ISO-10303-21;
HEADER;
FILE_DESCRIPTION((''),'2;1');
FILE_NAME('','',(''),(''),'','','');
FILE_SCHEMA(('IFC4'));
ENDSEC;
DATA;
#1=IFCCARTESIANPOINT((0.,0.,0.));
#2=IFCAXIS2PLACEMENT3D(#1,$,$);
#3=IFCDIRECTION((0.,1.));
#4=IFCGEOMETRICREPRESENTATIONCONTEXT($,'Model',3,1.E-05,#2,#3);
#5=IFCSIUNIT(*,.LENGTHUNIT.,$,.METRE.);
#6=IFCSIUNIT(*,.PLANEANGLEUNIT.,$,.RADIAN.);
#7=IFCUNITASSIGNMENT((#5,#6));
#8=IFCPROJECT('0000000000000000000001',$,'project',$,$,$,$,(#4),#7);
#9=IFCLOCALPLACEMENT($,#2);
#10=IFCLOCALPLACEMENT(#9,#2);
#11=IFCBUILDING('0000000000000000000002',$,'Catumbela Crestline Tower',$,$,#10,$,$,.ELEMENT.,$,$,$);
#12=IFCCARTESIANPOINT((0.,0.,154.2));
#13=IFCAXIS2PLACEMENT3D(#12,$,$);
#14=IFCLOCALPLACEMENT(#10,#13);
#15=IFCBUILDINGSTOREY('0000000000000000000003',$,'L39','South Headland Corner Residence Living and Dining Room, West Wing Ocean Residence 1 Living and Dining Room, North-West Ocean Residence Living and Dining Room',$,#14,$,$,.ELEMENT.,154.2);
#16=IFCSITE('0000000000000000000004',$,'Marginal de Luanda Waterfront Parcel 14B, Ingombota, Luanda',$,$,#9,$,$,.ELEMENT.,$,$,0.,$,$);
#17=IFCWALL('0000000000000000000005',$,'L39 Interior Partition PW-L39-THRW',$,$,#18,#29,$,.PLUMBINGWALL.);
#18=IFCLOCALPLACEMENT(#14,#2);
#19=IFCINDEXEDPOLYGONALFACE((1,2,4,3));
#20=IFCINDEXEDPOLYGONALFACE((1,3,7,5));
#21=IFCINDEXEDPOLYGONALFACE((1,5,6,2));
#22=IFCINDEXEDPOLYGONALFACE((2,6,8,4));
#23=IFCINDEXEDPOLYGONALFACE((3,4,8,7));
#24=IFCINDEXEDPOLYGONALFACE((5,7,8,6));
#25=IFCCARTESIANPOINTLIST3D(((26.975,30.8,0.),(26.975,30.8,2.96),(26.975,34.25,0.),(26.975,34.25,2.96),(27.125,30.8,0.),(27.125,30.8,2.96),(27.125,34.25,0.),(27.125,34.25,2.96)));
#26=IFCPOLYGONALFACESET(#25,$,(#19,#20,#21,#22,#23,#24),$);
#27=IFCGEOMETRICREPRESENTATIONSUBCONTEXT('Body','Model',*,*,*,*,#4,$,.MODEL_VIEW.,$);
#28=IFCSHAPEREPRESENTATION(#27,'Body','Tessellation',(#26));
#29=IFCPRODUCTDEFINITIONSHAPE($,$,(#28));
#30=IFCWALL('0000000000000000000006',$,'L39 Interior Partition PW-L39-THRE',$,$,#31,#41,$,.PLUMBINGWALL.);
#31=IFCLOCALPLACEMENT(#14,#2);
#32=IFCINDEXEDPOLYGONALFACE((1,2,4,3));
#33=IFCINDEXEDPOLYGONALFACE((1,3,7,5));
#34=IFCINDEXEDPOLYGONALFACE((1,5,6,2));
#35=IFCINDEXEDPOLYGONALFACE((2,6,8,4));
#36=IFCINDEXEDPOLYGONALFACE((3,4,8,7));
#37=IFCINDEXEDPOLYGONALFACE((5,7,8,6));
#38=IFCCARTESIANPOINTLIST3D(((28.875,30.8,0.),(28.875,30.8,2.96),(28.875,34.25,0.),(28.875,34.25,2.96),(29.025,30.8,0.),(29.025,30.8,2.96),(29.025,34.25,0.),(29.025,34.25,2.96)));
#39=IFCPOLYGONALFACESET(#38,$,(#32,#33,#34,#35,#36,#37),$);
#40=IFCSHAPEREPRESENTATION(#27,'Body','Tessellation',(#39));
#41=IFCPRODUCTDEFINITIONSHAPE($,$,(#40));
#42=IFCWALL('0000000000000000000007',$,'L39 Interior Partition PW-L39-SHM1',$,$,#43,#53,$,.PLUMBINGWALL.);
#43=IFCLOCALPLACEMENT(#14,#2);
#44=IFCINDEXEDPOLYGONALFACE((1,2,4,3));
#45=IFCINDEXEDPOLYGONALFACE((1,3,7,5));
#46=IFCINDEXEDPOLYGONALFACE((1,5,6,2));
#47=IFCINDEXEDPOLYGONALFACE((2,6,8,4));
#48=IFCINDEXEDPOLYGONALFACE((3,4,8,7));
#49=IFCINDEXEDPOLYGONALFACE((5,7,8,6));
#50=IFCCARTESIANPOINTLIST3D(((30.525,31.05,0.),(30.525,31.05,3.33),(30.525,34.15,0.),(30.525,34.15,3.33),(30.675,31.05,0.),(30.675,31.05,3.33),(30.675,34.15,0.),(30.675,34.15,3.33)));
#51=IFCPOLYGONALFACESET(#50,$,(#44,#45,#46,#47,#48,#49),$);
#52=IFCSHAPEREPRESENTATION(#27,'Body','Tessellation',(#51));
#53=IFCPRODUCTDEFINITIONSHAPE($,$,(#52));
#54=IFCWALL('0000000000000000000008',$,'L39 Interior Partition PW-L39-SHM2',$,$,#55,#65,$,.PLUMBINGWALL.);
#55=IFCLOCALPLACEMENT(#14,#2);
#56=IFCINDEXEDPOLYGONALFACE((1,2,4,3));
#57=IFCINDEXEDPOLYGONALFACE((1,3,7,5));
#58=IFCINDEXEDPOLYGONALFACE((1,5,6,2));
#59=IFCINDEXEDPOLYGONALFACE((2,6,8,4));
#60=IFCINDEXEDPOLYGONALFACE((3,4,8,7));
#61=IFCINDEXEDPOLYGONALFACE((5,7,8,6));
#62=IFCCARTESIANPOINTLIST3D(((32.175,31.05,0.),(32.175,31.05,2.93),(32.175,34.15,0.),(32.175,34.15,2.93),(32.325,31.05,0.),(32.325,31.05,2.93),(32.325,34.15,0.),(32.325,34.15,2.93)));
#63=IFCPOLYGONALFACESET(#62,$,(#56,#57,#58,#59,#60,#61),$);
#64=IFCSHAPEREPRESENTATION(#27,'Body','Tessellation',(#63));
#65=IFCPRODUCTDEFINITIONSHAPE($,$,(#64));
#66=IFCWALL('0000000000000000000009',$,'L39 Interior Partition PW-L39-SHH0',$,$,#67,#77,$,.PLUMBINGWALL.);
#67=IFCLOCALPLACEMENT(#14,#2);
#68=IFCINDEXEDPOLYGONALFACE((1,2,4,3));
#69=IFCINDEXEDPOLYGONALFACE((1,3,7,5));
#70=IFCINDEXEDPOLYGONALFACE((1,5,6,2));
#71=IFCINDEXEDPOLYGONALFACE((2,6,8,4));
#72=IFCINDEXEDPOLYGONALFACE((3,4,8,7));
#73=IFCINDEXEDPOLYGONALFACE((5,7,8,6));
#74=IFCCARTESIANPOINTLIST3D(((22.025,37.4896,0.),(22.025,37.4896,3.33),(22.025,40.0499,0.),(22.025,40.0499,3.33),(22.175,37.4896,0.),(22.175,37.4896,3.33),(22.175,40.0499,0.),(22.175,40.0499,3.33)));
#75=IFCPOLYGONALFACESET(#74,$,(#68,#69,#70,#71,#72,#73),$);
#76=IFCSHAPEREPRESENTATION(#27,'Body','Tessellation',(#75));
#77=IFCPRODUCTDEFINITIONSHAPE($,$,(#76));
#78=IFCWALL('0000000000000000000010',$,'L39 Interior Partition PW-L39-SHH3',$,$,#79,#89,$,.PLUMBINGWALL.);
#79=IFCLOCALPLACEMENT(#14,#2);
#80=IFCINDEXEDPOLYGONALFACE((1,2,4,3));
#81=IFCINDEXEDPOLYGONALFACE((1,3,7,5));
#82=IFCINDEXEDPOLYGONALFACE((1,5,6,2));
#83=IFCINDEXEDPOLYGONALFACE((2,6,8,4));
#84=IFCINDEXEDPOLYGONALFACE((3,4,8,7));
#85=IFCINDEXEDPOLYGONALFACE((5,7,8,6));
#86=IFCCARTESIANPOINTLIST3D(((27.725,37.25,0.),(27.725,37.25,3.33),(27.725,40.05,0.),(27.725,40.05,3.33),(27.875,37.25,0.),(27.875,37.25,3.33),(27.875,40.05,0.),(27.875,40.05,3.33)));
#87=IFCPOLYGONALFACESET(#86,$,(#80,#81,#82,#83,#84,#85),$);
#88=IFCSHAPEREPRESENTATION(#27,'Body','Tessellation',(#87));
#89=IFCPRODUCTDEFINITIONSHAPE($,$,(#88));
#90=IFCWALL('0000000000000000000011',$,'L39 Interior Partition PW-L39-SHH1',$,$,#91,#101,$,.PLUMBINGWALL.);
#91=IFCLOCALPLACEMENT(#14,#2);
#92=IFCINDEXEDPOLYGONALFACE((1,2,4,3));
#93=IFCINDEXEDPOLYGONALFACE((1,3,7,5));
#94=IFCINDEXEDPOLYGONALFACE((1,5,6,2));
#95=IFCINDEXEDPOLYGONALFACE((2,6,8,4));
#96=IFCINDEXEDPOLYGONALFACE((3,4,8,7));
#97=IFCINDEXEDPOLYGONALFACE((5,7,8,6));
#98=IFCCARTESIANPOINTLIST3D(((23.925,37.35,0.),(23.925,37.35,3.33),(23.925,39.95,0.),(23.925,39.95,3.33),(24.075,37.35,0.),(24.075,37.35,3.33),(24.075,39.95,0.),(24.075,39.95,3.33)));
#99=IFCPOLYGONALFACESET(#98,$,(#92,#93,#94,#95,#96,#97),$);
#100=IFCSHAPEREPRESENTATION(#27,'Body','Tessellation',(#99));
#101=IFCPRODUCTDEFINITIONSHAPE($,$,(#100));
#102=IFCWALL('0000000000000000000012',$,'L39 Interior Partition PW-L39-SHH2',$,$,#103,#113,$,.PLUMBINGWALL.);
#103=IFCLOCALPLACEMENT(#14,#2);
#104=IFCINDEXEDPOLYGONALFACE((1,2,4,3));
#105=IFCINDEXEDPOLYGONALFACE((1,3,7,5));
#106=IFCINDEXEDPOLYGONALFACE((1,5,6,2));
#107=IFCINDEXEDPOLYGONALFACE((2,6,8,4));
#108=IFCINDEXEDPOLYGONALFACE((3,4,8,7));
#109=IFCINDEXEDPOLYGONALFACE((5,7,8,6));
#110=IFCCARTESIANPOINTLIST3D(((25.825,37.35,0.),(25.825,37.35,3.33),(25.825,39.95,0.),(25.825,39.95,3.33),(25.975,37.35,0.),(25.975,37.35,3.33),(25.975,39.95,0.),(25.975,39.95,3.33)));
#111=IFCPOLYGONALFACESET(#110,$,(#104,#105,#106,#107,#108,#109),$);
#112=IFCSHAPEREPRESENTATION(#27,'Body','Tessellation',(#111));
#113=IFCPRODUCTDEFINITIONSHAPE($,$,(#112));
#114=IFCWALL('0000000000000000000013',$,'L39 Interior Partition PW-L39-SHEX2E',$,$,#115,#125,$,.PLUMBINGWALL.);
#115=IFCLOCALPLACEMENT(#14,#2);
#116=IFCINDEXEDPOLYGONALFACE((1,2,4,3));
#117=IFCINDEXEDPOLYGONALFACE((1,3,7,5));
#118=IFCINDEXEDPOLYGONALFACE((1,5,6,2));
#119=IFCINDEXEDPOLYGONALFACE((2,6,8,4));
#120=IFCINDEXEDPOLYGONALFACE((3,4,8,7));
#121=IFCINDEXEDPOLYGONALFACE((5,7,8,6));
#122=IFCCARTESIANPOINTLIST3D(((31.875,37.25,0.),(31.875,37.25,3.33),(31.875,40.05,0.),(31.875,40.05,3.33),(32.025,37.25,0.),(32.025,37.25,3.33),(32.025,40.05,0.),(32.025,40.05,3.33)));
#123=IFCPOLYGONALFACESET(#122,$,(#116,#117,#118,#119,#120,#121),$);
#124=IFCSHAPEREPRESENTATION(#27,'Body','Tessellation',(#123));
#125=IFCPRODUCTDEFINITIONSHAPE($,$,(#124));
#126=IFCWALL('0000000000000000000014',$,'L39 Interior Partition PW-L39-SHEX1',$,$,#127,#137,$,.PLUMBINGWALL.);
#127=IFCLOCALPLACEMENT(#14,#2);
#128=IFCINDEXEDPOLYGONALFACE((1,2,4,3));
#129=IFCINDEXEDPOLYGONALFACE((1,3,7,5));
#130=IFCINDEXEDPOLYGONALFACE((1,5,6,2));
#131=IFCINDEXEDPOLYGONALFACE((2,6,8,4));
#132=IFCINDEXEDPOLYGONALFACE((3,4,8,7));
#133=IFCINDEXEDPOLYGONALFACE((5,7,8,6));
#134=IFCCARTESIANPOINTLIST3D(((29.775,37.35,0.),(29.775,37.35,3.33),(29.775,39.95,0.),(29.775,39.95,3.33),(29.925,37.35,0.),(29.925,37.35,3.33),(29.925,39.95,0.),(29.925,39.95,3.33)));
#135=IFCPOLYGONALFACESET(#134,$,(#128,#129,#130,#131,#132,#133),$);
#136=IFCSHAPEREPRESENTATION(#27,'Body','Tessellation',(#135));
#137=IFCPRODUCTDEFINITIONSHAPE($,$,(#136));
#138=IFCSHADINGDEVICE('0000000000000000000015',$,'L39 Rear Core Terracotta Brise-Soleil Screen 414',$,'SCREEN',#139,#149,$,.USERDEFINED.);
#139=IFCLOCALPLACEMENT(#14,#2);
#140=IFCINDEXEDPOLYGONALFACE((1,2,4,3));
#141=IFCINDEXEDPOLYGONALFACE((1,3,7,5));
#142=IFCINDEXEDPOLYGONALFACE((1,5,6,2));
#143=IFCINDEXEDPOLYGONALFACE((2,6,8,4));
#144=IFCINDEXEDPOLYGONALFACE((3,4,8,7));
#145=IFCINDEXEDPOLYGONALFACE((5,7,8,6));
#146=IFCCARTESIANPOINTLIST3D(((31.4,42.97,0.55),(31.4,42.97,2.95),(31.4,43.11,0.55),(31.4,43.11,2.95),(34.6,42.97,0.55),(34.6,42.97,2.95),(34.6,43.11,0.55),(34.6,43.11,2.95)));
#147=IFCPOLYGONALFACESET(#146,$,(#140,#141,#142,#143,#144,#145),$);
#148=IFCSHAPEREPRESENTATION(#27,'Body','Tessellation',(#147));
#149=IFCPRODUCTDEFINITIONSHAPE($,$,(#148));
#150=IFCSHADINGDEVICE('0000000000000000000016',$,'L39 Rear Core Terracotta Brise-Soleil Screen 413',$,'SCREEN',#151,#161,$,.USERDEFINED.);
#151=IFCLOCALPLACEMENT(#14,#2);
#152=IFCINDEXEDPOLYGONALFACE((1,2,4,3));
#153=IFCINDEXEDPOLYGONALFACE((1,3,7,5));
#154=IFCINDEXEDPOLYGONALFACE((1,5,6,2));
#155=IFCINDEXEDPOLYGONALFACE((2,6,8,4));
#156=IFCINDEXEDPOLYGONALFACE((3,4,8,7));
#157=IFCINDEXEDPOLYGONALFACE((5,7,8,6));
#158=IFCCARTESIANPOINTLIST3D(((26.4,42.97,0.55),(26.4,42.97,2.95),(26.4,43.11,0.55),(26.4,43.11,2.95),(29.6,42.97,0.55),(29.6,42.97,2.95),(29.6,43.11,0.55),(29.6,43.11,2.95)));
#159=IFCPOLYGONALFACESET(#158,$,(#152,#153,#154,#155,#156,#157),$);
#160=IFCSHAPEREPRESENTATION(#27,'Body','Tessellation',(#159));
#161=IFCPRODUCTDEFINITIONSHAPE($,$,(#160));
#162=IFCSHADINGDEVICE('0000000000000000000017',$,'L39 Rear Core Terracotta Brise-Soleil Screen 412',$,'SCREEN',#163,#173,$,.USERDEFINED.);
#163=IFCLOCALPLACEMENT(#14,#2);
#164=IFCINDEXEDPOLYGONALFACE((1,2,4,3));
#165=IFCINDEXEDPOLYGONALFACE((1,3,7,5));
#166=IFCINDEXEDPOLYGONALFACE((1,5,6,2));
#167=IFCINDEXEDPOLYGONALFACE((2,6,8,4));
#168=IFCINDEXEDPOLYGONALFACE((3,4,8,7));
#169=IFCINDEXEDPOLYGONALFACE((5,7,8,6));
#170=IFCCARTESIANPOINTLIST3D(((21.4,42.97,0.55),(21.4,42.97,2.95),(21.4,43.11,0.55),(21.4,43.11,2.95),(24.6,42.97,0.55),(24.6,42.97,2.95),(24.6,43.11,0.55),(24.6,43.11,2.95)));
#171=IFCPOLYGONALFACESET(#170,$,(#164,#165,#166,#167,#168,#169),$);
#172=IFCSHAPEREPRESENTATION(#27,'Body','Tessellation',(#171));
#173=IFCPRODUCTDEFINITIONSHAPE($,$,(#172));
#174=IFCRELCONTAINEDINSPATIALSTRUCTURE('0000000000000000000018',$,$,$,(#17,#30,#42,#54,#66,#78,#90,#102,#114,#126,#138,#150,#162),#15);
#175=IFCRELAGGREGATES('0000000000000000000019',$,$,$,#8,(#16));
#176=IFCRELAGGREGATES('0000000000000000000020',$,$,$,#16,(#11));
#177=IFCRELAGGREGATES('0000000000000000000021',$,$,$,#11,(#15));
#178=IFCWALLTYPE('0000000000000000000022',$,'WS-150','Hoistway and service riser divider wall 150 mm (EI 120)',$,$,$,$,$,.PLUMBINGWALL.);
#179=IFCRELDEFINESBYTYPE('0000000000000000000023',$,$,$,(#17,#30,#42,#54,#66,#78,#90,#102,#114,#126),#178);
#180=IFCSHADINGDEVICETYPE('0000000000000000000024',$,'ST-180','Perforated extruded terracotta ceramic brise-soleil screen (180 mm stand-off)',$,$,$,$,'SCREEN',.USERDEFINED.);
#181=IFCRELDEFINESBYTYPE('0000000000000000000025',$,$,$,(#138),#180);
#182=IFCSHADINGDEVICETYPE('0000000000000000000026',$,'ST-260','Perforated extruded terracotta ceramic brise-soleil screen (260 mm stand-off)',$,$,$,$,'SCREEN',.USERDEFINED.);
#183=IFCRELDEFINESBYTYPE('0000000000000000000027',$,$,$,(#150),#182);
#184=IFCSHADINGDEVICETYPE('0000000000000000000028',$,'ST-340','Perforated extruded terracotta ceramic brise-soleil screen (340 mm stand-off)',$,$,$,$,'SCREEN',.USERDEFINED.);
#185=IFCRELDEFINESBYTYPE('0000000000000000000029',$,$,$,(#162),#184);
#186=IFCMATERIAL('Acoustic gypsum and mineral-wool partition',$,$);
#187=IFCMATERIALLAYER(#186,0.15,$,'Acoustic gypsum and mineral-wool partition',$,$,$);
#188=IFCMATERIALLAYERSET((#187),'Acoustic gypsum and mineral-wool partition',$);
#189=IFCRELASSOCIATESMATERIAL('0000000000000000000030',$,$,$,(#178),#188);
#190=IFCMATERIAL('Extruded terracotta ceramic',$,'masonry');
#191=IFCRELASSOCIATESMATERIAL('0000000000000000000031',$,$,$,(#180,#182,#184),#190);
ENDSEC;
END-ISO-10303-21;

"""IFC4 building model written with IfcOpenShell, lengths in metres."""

from ifc_helpers import new_model, si_unit, direction, frame, frame_2d, origin, origin_2d, place, context, subcontext, project, spatial, rectangle, extrude, material, layer, layer_set, type_object, element, save


model = new_model("IFC4")

# Units and contexts
model_context = context("Model", 3, precision=1e-05, world=origin(), true_north=direction((0.0, 1.0)))
body_context = subcontext(model_context, "Body", "Model", "MODEL_VIEW")
ifc_project = project(units=[si_unit("LENGTHUNIT", "METRE"), si_unit("PLANEANGLEUNIT", "RADIAN")], contexts=[model_context])

# Site, building, storey
site_placement = place(None, origin())
site = spatial("IfcSite", under=ifc_project, at=site_placement, Name="Marginal de Luanda Waterfront Parcel 14B, Ingombota, Luanda", CompositionType="ELEMENT", RefElevation=0.0)
building_placement = place(site_placement, origin())
building = spatial("IfcBuilding", under=site, at=building_placement, Name="Catumbela Crestline Tower", CompositionType="ELEMENT")
storey_placement = place(building_placement, frame((0.0, 0.0, 154.2)))
storey = spatial("IfcBuildingStorey", under=building, at=storey_placement, Name="L39", Description="South Headland Corner Residence Living and Dining Room, West Wing Ocean Residence 1 Living and Dining Room, North-West Ocean Residence Living and Dining Room", CompositionType="ELEMENT", Elevation=154.2)

# Shared definitions
ifc_material_1 = material(Name="Acoustic gypsum and mineral-wool partition")

# Walls
ifc_layer_1 = layer(ifc_material_1, 0.15, Name="Acoustic gypsum and mineral-wool partition")
ifc_layer_set_1 = layer_set([ifc_layer_1], Name="Acoustic gypsum and mineral-wool partition")
wall_type_1 = type_object("IfcWallType", Name="WS-150", Description="Hoistway and service riser divider wall 150 mm (EI 120)", PredefinedType="PLUMBINGWALL", material=ifc_layer_set_1)
for number, where, z_axis, x_axis, name in (
    (1, (27.05, 30.8, 0.0), (0.0, 0.0, 1.0), (0.0, 1.0, 0.0), "L39 Interior Partition PW-L39-THRW"),
    (2, (28.95, 30.8, 0.0), (0.0, 0.0, 1.0), (0.0, 1.0, 0.0), "L39 Interior Partition PW-L39-THRE"),
):
    element("IfcWall", number, at=place(storey_placement, frame(where, z_axis=z_axis, x_axis=x_axis)), inside=storey, type_object=wall_type_1, Name=name, PredefinedType="PLUMBINGWALL", context=body_context, shape_type="SweptSolid", body=[
        extrude(rectangle(XDim=3.45, YDim=0.15, at=frame_2d((1.725, 0.0))), origin(), (0.0, 0.0, 1.0), 2.96),
    ])
wall_1_placement = place(storey_placement, frame((30.6, 31.05, 0.0), z_axis=(0.0, 0.0, 1.0), x_axis=(0.0, 1.0, 0.0)))
element("IfcWall", 3, at=wall_1_placement, inside=storey, type_object=wall_type_1, Name="L39 Interior Partition PW-L39-SHM1", PredefinedType="PLUMBINGWALL", context=body_context, shape_type="SweptSolid", body=[
    extrude(rectangle(XDim=3.1, YDim=0.15, at=frame_2d((1.55, 0.0))), origin(), (0.0, 0.0, 1.0), 3.33),
])
wall_2_placement = place(storey_placement, frame((32.25, 31.05, 0.0), z_axis=(0.0, 0.0, 1.0), x_axis=(0.0, 1.0, 0.0)))
element("IfcWall", 4, at=wall_2_placement, inside=storey, type_object=wall_type_1, Name="L39 Interior Partition PW-L39-SHM2", PredefinedType="PLUMBINGWALL", context=body_context, shape_type="SweptSolid", body=[
    extrude(rectangle(XDim=3.1, YDim=0.15, at=frame_2d((1.55, 0.0))), origin(), (0.0, 0.0, 1.0), 2.93),
])
wall_3_placement = place(storey_placement, frame((22.1, 37.4897, 0.0), z_axis=(0.0, 0.0, 1.0), x_axis=(0.0, 1.0, 0.0)))
element("IfcWall", 5, at=wall_3_placement, inside=storey, type_object=wall_type_1, Name="L39 Interior Partition PW-L39-SHH0", PredefinedType="PLUMBINGWALL", context=body_context, shape_type="SweptSolid", body=[
    extrude(rectangle(XDim=2.5603, YDim=0.15, at=frame_2d((1.2801, 0.0))), origin(), (0.0, 0.0, 1.0), 3.33),
])
wall_4_placement = place(storey_placement, frame((27.8, 37.25, 0.0), z_axis=(0.0, 0.0, 1.0), x_axis=(0.0, 1.0, 0.0)))
element("IfcWall", 6, at=wall_4_placement, inside=storey, type_object=wall_type_1, Name="L39 Interior Partition PW-L39-SHH3", PredefinedType="PLUMBINGWALL", context=body_context, shape_type="SweptSolid", body=[
    extrude(rectangle(XDim=2.8, YDim=0.15, at=frame_2d((1.4, 0.0))), origin(), (0.0, 0.0, 1.0), 3.33),
])
for number, where, z_axis, x_axis, name in (
    (7, (24.0, 37.35, 0.0), (0.0, 0.0, 1.0), (0.0, 1.0, 0.0), "L39 Interior Partition PW-L39-SHH1"),
    (8, (25.9, 37.35, 0.0), (0.0, 0.0, 1.0), (0.0, 1.0, 0.0), "L39 Interior Partition PW-L39-SHH2"),
):
    element("IfcWall", number, at=place(storey_placement, frame(where, z_axis=z_axis, x_axis=x_axis)), inside=storey, type_object=wall_type_1, Name=name, PredefinedType="PLUMBINGWALL", context=body_context, shape_type="SweptSolid", body=[
        extrude(rectangle(XDim=2.6, YDim=0.15, at=frame_2d((1.3, 0.0))), origin(), (0.0, 0.0, 1.0), 3.33),
    ])
wall_5_placement = place(storey_placement, frame((31.95, 37.25, 0.0), z_axis=(0.0, 0.0, 1.0), x_axis=(0.0, 1.0, 0.0)))
element("IfcWall", 9, at=wall_5_placement, inside=storey, type_object=wall_type_1, Name="L39 Interior Partition PW-L39-SHEX2E", PredefinedType="PLUMBINGWALL", context=body_context, shape_type="SweptSolid", body=[
    extrude(rectangle(XDim=2.8, YDim=0.15, at=frame_2d((1.4, 0.0))), origin(), (0.0, 0.0, 1.0), 3.33),
])
wall_6_placement = place(storey_placement, frame((29.85, 37.35, 0.0), z_axis=(0.0, 0.0, 1.0), x_axis=(0.0, 1.0, 0.0)))
element("IfcWall", 10, at=wall_6_placement, inside=storey, type_object=wall_type_1, Name="L39 Interior Partition PW-L39-SHEX1", PredefinedType="PLUMBINGWALL", context=body_context, shape_type="SweptSolid", body=[
    extrude(rectangle(XDim=2.6, YDim=0.15, at=frame_2d((1.3, 0.0))), origin(), (0.0, 0.0, 1.0), 3.33),
])

# Shading devices
ifc_material_2 = material(Name="Extruded terracotta ceramic", Category="masonry")
shading_device_type_1 = type_object("IfcShadingDeviceType", Name="ST-180", Description="Perforated extruded terracotta ceramic brise-soleil screen (180 mm stand-off)", ElementType="SCREEN", PredefinedType="USERDEFINED", material=ifc_material_2)
shading_device_1_placement = place(storey_placement, frame((33.0, 43.04, 0.55), z_axis=(0.0, 0.0, 1.0), x_axis=(1.0, 0.0, 0.0)))
element("IfcShadingDevice", 11, at=shading_device_1_placement, inside=storey, type_object=shading_device_type_1, Name="L39 Rear Core Terracotta Brise-Soleil Screen 414", ObjectType="SCREEN", PredefinedType="USERDEFINED", context=body_context, shape_type="SweptSolid", body=[
    extrude(rectangle(XDim=3.2, YDim=0.14, at=origin_2d()), origin(), (0.0, 0.0, 1.0), 2.4),
])
shading_device_type_2 = type_object("IfcShadingDeviceType", Name="ST-260", Description="Perforated extruded terracotta ceramic brise-soleil screen (260 mm stand-off)", ElementType="SCREEN", PredefinedType="USERDEFINED", material=ifc_material_2)
shading_device_2_placement = place(storey_placement, frame((28.0, 43.04, 0.55), z_axis=(0.0, 0.0, 1.0), x_axis=(1.0, 0.0, 0.0)))
element("IfcShadingDevice", 12, at=shading_device_2_placement, inside=storey, type_object=shading_device_type_2, Name="L39 Rear Core Terracotta Brise-Soleil Screen 413", ObjectType="SCREEN", PredefinedType="USERDEFINED", context=body_context, shape_type="SweptSolid", body=[
    extrude(rectangle(XDim=3.2, YDim=0.14, at=origin_2d()), origin(), (0.0, 0.0, 1.0), 2.4),
])
shading_device_type_3 = type_object("IfcShadingDeviceType", Name="ST-340", Description="Perforated extruded terracotta ceramic brise-soleil screen (340 mm stand-off)", ElementType="SCREEN", PredefinedType="USERDEFINED", material=ifc_material_2)
shading_device_3_placement = place(storey_placement, frame((23.0, 43.04, 0.55), z_axis=(0.0, 0.0, 1.0), x_axis=(1.0, 0.0, 0.0)))
element("IfcShadingDevice", 13, at=shading_device_3_placement, inside=storey, type_object=shading_device_type_3, Name="L39 Rear Core Terracotta Brise-Soleil Screen 412", ObjectType="SCREEN", PredefinedType="USERDEFINED", context=body_context, shape_type="SweptSolid", body=[
    extrude(rectangle(XDim=3.2, YDim=0.14, at=origin_2d()), origin(), (0.0, 0.0, 1.0), 2.4),
])

save(model, "model.ifc")
